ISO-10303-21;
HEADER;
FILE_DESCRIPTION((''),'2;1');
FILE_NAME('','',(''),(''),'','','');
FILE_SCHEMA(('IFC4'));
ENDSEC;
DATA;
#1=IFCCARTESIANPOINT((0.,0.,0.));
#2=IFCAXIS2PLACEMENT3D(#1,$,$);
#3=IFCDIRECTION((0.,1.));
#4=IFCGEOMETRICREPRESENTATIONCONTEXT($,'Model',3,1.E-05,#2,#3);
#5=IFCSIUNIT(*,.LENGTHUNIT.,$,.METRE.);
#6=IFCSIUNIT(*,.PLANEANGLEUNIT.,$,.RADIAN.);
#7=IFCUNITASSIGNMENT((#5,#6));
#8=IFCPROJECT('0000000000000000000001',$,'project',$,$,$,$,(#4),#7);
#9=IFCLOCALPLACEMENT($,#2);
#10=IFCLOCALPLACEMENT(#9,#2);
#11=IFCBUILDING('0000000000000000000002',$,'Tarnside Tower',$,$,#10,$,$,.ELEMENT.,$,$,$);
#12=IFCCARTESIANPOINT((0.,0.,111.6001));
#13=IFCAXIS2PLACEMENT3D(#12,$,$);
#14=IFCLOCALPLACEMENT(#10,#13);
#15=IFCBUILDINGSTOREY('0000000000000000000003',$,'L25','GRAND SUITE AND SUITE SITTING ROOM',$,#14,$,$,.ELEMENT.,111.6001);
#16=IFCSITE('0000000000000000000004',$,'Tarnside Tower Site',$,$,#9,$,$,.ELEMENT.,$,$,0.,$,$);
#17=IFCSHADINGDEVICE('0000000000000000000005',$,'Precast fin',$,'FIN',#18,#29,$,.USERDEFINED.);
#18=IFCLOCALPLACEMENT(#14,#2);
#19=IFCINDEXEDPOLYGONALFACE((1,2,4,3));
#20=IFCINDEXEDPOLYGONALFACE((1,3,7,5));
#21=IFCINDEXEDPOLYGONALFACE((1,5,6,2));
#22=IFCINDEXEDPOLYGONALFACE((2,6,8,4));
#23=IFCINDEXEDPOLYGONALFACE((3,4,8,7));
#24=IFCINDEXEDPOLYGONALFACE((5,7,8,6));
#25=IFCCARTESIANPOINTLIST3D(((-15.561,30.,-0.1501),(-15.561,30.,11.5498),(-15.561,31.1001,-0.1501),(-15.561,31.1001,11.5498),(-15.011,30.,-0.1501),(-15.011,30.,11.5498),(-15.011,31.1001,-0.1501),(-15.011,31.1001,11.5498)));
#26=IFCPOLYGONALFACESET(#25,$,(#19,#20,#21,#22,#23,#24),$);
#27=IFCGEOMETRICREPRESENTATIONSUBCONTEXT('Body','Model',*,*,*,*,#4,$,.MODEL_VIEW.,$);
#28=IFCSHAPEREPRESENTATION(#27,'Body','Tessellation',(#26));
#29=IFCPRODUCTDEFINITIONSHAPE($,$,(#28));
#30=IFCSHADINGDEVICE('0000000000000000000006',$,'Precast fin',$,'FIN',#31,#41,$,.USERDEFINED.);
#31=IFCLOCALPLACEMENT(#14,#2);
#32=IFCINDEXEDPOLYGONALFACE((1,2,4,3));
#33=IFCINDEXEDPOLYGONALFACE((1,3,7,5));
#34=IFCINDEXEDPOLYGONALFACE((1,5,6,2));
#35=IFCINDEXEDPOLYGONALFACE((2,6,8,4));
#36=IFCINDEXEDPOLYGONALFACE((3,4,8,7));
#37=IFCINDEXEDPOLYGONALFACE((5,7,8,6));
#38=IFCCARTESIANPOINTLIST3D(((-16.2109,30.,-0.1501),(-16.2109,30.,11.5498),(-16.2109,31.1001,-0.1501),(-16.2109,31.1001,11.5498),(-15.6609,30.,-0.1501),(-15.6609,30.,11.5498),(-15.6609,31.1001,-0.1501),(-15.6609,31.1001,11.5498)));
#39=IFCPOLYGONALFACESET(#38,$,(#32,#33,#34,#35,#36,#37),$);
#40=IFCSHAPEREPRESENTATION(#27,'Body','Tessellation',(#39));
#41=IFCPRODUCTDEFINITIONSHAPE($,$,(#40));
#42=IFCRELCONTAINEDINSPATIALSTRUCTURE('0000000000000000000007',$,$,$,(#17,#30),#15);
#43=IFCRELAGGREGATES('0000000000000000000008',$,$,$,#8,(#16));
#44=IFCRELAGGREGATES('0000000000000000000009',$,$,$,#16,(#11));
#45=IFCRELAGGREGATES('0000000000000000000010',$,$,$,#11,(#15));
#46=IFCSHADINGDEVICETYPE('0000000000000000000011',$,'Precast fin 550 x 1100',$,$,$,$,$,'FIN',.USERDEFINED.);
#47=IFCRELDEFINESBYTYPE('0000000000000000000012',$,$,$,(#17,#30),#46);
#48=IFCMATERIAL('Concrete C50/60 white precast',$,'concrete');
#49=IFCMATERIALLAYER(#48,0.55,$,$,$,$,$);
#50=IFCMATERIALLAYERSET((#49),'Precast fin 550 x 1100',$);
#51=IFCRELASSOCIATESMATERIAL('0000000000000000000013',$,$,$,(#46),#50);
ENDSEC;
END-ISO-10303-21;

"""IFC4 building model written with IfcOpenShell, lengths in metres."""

from ifc_helpers import new_model, si_unit, direction, frame, origin, place, context, subcontext, project, spatial, polyline, outline, extrude, material, layer, layer_set, type_object, element, save


model = new_model("IFC4")

# Units and contexts
model_context = context("Model", 3, precision=1e-05, world=origin(), true_north=direction((0.0, 1.0)))
body_context = subcontext(model_context, "Body", "Model", "MODEL_VIEW")
ifc_project = project(units=[si_unit("LENGTHUNIT", "METRE"), si_unit("PLANEANGLEUNIT", "RADIAN")], contexts=[model_context])

# Site, building, storey
site_placement = place(None, origin())
site = spatial("IfcSite", under=ifc_project, at=site_placement, Name="Tarnside Tower Site", CompositionType="ELEMENT", RefElevation=0.0)
building_placement = place(site_placement, origin())
building = spatial("IfcBuilding", under=site, at=building_placement, Name="Tarnside Tower", CompositionType="ELEMENT")
storey_placement = place(building_placement, frame((0.0, 0.0, 111.6001)))
storey = spatial("IfcBuildingStorey", under=building, at=storey_placement, Name="L25", Description="GRAND SUITE AND SUITE SITTING ROOM", CompositionType="ELEMENT", Elevation=111.6001)

# Shading devices
ifc_material_1 = material(Name="Concrete C50/60 white precast", Category="concrete")
ifc_layer_1 = layer(ifc_material_1, 0.55)
ifc_layer_set_1 = layer_set([ifc_layer_1], Name="Precast fin 550 x 1100")
shading_device_type = type_object("IfcShadingDeviceType", Name="Precast fin 550 x 1100", ElementType="FIN", PredefinedType="USERDEFINED", material=ifc_layer_set_1)
for number, where, z_axis, x_axis, name in (
    (1, (-15.2861, 30.0, -0.1501), (1.0, 0.0, 0.0), (0.0, 1.0, 0.0), "Precast fin"),
    (2, (-15.936, 30.0, -0.1501), (1.0, 0.0, 0.0), (0.0, 1.0, 0.0), "Precast fin"),
):
    element("IfcShadingDevice", number, at=place(storey_placement, frame(where, z_axis=z_axis, x_axis=x_axis)), inside=storey, type_object=shading_device_type, Name=name, ObjectType="FIN", PredefinedType="USERDEFINED", context=body_context, shape_type="SweptSolid", body=[
        extrude(outline(polyline([(0.0, 0.0), (1.1001, 0.0), (1.1001, 11.7), (0.0, 11.7), (0.0, 0.0)])), frame((0.0, 0.0, -0.2749)), (0.0, 0.0, 1.0), 0.55),
    ])

save(model, "model.ifc")
